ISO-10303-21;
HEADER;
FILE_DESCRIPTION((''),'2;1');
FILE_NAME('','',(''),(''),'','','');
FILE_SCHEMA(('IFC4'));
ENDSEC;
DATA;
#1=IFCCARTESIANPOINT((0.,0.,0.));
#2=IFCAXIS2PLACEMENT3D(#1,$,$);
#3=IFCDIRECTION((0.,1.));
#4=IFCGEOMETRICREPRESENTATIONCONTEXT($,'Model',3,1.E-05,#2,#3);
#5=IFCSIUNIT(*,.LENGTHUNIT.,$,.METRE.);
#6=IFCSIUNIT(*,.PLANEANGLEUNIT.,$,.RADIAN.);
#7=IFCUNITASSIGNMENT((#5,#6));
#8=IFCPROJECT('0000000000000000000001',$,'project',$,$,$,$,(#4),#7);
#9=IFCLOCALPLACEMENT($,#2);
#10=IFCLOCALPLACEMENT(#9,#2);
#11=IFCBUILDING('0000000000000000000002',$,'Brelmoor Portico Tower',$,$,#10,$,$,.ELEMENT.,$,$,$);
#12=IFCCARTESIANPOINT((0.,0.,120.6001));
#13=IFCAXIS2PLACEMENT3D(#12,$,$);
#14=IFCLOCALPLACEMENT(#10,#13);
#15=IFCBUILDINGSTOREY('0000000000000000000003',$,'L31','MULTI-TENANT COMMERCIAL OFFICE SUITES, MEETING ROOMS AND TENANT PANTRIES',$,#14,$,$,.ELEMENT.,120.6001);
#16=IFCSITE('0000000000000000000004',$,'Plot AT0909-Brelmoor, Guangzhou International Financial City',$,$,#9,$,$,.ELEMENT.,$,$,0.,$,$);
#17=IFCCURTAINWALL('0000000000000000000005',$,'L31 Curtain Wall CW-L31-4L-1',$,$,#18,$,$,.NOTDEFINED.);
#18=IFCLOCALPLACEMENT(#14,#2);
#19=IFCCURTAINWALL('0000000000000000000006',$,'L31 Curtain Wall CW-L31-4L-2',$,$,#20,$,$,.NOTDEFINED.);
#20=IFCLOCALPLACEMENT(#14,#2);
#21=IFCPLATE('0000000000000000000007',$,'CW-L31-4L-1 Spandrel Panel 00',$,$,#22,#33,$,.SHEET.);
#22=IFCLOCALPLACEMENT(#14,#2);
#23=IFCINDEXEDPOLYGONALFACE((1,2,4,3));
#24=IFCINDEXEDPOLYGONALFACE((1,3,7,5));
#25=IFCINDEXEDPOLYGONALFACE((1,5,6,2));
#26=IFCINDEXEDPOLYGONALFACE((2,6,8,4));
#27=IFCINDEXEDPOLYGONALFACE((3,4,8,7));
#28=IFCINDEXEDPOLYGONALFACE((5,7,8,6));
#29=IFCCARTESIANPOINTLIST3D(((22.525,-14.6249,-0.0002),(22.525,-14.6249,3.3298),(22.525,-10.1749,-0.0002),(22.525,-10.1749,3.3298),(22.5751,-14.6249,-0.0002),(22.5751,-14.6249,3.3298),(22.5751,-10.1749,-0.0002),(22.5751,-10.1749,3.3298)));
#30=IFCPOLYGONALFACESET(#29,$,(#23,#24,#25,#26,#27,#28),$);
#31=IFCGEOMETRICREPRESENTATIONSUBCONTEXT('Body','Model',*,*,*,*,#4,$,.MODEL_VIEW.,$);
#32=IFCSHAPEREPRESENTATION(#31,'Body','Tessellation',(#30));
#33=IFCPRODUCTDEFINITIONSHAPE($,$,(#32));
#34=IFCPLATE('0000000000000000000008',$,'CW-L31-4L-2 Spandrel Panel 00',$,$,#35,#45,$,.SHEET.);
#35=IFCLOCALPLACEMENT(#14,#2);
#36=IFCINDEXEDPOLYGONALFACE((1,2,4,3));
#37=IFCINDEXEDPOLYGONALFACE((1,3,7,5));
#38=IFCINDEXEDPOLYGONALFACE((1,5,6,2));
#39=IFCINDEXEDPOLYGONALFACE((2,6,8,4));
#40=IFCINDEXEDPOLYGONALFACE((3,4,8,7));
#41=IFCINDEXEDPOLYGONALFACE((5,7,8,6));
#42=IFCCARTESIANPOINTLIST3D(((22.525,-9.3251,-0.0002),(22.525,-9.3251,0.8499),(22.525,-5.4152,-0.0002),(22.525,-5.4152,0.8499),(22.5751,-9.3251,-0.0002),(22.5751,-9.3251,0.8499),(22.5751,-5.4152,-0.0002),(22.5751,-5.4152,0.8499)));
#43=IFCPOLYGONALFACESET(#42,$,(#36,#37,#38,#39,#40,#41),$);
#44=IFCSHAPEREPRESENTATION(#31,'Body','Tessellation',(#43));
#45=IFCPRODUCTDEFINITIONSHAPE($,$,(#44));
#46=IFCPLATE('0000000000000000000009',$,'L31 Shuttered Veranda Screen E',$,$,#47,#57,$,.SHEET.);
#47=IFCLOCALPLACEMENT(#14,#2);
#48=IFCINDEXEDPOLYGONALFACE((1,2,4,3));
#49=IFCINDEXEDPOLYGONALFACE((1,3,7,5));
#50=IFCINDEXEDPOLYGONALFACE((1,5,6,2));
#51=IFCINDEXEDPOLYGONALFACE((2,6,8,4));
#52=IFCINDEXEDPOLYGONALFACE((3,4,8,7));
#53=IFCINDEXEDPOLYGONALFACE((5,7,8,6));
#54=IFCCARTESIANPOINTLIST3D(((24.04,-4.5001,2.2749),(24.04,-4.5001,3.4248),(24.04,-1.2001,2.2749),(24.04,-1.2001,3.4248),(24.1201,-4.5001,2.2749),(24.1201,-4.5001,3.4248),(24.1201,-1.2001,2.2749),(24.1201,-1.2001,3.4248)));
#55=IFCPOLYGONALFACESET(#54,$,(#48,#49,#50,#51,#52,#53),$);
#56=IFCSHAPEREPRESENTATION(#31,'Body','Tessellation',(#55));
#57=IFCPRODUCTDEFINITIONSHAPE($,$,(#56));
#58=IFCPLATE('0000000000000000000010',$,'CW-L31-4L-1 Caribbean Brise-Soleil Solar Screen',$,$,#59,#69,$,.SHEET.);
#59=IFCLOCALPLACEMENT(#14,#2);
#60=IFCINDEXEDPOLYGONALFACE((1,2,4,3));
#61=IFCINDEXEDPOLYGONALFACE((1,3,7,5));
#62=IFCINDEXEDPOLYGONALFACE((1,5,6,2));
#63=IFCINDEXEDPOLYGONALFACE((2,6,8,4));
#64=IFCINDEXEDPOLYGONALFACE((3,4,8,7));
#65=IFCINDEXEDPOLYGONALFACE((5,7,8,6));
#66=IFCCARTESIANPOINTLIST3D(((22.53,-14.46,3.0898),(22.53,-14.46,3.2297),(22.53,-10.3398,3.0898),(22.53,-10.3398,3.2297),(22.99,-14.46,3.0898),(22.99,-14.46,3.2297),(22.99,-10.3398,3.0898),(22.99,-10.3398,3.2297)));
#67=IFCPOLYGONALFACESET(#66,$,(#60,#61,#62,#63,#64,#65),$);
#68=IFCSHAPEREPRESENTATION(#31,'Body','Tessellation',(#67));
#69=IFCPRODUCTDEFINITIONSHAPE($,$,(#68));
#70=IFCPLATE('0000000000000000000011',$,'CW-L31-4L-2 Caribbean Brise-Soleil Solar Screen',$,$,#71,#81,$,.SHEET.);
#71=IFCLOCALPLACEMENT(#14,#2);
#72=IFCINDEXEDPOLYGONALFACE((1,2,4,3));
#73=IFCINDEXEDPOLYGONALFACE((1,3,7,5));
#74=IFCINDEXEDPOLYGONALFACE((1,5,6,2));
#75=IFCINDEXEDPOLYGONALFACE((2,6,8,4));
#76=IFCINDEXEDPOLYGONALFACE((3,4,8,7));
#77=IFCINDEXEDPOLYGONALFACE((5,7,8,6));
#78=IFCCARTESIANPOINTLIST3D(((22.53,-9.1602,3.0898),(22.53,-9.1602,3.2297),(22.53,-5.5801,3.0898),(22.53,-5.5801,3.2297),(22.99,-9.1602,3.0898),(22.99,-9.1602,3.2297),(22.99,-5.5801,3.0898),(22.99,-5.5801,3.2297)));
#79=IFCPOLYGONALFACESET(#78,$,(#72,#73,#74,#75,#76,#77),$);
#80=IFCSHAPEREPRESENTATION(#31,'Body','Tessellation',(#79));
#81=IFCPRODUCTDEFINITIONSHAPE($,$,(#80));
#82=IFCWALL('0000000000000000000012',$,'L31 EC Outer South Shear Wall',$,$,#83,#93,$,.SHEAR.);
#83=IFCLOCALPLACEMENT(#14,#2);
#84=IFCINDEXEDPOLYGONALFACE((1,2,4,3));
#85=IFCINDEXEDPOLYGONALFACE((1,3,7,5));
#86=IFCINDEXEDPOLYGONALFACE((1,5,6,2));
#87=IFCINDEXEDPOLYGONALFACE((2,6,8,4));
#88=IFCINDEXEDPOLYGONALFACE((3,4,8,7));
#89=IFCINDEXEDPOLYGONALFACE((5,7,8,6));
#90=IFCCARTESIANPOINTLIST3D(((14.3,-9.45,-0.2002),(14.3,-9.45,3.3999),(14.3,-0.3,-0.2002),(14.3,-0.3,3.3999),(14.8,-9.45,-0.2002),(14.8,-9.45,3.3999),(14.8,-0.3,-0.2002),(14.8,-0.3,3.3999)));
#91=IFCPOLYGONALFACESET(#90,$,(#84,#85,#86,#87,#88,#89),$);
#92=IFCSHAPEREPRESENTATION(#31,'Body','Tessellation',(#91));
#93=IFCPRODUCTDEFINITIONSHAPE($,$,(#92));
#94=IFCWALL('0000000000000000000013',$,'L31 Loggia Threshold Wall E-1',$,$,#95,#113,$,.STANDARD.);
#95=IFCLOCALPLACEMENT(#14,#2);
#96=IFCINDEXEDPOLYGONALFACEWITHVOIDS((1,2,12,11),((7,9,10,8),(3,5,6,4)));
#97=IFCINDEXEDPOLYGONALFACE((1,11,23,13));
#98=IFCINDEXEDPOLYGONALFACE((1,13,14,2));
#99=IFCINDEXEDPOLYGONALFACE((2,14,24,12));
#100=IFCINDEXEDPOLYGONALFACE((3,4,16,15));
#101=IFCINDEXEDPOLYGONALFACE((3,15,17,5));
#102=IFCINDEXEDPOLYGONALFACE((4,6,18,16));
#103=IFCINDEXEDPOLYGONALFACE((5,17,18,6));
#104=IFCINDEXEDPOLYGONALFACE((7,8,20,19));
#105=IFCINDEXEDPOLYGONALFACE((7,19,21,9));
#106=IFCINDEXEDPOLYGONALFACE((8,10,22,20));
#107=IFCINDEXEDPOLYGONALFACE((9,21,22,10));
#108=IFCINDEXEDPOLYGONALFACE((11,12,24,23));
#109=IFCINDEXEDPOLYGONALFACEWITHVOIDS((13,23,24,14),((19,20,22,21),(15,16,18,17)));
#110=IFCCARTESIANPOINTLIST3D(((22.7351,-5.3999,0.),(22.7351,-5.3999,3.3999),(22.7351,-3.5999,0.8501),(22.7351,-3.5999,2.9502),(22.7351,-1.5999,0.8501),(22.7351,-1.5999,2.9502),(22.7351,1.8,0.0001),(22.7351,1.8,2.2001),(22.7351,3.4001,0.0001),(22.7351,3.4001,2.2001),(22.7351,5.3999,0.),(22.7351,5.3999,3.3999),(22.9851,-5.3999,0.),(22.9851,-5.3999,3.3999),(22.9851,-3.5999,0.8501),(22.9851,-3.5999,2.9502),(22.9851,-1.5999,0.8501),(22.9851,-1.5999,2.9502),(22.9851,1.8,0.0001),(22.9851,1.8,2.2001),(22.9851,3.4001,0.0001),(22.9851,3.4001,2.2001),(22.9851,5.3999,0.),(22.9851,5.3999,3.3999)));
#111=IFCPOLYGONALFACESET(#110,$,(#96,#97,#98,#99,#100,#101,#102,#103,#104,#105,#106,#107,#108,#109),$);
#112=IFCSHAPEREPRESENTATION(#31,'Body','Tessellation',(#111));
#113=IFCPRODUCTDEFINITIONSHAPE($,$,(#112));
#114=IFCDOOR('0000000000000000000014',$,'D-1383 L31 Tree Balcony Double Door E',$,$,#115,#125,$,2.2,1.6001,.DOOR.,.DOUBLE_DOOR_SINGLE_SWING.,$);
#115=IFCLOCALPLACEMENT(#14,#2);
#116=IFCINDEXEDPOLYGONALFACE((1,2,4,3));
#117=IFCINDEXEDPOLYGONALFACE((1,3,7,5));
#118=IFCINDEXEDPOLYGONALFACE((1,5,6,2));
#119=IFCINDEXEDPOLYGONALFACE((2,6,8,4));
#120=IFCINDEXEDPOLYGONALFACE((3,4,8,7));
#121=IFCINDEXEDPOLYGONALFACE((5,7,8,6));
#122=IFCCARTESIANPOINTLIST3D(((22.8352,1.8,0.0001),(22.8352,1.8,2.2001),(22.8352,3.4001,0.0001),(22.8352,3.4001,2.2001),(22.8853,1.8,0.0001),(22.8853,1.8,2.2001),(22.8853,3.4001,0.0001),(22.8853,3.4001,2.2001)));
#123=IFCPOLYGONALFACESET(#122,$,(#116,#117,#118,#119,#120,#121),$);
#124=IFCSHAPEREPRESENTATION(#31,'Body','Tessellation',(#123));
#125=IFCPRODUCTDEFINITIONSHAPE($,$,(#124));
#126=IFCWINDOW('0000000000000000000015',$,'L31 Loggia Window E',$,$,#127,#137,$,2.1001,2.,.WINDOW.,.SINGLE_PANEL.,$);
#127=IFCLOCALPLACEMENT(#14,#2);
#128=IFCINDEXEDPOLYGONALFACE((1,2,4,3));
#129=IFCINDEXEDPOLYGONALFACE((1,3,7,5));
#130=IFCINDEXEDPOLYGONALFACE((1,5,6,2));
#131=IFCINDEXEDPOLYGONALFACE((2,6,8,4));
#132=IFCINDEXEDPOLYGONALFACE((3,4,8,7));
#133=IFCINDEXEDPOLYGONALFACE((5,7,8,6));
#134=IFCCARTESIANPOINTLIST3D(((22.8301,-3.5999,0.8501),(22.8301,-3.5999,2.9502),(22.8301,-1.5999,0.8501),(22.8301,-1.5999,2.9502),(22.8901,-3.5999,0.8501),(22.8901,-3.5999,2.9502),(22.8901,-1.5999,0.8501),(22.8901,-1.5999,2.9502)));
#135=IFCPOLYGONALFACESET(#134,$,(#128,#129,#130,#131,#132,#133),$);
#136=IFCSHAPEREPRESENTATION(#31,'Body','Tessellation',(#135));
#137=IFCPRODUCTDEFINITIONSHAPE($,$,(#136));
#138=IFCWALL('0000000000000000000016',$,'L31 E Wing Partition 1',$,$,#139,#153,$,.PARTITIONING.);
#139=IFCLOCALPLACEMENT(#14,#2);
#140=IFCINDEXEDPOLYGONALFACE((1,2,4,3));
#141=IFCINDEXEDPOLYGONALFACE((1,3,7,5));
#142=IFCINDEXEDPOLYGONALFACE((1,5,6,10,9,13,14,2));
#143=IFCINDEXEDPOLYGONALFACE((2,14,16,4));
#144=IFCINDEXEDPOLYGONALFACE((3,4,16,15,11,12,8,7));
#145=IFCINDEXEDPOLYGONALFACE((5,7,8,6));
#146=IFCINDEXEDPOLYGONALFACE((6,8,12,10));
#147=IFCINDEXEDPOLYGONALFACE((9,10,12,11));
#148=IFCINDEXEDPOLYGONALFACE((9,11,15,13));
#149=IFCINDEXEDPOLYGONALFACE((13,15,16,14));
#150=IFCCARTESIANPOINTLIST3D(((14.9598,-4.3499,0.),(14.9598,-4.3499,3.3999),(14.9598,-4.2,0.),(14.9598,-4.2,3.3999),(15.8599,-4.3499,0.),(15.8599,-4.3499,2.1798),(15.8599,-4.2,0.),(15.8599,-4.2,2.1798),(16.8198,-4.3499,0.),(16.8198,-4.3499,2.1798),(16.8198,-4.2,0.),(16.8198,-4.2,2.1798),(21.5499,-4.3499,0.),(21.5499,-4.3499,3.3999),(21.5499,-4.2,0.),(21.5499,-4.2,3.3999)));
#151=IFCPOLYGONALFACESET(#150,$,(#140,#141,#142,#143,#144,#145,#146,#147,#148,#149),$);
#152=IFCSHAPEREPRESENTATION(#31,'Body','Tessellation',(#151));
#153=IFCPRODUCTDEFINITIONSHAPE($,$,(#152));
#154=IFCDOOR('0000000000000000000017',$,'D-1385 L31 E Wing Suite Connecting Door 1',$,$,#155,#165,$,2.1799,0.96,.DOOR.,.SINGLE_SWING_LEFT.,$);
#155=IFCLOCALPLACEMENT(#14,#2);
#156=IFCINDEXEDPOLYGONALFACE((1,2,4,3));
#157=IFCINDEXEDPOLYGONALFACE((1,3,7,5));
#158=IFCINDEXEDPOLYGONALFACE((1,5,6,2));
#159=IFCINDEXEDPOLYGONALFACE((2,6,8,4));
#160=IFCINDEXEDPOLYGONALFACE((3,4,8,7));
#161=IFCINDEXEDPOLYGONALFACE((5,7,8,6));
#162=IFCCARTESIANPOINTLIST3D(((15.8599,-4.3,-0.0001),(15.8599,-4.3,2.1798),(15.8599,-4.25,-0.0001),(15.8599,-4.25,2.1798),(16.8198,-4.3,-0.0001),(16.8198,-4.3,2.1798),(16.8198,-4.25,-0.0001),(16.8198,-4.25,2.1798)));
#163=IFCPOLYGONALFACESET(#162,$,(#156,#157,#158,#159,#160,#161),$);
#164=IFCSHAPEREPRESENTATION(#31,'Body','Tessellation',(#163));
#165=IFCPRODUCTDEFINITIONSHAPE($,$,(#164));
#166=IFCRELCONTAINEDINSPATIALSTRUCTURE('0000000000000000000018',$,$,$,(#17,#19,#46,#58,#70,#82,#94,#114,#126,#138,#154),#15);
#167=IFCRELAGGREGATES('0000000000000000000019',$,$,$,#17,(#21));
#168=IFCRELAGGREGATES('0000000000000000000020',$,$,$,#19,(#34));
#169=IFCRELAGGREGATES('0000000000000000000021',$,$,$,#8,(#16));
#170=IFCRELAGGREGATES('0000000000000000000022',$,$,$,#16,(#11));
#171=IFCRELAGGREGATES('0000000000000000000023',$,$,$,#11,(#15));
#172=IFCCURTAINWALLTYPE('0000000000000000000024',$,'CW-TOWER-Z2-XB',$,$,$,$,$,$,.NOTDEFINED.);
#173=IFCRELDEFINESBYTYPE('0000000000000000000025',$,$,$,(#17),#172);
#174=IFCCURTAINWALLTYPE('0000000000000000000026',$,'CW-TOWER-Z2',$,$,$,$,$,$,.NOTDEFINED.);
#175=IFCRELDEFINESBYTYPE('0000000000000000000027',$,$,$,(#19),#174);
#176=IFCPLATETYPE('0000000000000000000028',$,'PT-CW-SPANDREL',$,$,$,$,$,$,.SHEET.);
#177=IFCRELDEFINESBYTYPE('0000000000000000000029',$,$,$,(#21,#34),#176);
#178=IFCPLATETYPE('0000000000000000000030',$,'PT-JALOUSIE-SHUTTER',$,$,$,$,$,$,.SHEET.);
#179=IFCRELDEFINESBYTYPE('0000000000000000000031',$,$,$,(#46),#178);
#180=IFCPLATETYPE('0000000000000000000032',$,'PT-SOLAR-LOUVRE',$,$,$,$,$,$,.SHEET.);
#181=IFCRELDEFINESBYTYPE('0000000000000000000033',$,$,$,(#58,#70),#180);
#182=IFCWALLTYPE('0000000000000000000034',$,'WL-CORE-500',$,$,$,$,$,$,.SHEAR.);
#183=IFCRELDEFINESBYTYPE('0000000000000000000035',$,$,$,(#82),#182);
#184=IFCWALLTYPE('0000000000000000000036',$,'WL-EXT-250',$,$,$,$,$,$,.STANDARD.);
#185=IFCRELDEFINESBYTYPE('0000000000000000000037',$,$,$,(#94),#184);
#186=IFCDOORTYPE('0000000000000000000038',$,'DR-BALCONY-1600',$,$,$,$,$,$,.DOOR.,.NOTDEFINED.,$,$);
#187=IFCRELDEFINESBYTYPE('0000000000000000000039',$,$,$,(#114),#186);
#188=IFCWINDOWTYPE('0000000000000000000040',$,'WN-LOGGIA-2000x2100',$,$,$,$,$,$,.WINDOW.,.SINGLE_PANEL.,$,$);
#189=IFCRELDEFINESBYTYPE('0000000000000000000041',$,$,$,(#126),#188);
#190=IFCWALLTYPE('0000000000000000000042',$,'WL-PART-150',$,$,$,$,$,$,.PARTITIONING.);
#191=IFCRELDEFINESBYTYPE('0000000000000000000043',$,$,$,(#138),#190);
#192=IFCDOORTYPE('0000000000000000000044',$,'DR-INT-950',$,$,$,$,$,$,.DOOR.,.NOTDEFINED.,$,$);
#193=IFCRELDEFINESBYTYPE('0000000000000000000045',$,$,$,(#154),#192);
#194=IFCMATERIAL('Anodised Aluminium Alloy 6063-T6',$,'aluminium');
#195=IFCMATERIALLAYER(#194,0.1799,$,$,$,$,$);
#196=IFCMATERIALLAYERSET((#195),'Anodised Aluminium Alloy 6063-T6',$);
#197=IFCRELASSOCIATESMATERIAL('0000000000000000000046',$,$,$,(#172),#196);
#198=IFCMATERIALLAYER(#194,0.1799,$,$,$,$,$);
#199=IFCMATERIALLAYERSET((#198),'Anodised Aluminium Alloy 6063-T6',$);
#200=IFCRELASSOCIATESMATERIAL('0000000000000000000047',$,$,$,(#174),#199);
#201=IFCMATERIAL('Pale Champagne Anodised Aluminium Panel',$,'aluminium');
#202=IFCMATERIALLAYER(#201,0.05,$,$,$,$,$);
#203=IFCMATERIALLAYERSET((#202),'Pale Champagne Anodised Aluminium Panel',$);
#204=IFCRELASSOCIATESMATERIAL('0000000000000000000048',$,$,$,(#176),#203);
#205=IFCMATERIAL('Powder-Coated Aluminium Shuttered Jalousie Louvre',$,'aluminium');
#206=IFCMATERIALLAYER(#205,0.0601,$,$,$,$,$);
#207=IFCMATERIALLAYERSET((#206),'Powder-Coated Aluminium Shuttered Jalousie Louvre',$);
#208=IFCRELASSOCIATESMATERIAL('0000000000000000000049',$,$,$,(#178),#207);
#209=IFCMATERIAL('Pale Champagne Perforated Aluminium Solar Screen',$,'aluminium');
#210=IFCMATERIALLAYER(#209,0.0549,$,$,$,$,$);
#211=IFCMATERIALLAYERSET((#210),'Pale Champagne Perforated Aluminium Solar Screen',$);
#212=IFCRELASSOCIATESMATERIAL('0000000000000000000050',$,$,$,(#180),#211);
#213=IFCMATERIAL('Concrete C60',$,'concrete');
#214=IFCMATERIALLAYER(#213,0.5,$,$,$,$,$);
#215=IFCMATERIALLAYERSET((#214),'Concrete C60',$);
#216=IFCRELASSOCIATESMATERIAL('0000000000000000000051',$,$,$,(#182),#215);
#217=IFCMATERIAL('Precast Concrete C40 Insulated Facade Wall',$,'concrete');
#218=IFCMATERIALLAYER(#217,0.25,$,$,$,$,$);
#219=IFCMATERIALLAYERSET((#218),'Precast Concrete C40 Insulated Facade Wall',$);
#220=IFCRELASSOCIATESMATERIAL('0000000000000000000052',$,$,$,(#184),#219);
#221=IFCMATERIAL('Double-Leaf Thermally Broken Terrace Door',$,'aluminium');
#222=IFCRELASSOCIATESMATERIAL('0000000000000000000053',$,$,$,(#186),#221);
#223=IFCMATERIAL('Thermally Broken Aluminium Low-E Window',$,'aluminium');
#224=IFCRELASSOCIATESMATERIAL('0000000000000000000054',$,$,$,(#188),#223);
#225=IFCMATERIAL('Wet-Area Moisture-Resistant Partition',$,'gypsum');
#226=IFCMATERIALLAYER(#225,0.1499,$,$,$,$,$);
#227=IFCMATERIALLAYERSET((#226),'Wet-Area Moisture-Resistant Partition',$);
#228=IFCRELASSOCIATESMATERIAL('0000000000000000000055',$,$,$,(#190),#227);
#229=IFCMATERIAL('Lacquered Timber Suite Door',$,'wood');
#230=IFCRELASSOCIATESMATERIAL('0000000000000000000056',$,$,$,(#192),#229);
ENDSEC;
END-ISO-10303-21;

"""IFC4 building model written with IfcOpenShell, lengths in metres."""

from ifc_helpers import new_model, si_unit, direction, frame, frame_2d, origin, origin_2d, place, context, subcontext, project, spatial, rectangle, extrude, material, layer, layer_set, type_object, element, fill, aggregate, save


model = new_model("IFC4")

# Units and contexts
model_context = context("Model", 3, precision=1e-05, world=origin(), true_north=direction((0.0, 1.0)))
body_context = subcontext(model_context, "Body", "Model", "MODEL_VIEW")
ifc_project = project(units=[si_unit("LENGTHUNIT", "METRE"), si_unit("PLANEANGLEUNIT", "RADIAN")], contexts=[model_context])

# Site, building, storey
site_placement = place(None, origin())
site = spatial("IfcSite", under=ifc_project, at=site_placement, Name="Plot AT0909-Brelmoor, Guangzhou International Financial City", CompositionType="ELEMENT", RefElevation=0.0)
building_placement = place(site_placement, origin())
building = spatial("IfcBuilding", under=site, at=building_placement, Name="Brelmoor Portico Tower", CompositionType="ELEMENT")
storey_placement = place(building_placement, frame((0.0, 0.0, 120.6001)))
storey = spatial("IfcBuildingStorey", under=building, at=storey_placement, Name="L31", Description="MULTI-TENANT COMMERCIAL OFFICE SUITES, MEETING ROOMS AND TENANT PANTRIES", CompositionType="ELEMENT", Elevation=120.6001)

# Curtain wall
ifc_material_1 = material(Name="Anodised Aluminium Alloy 6063-T6", Category="aluminium")
ifc_layer_1 = layer(ifc_material_1, 0.1799)
ifc_layer_set_1 = layer_set([ifc_layer_1], Name="Anodised Aluminium Alloy 6063-T6")
curtain_wall_type_1 = type_object("IfcCurtainWallType", Name="CW-TOWER-Z2-XB", PredefinedType="NOTDEFINED", material=ifc_layer_set_1)
curtain_wall_1_placement = place(storey_placement, origin())
curtain_wall_1 = element("IfcCurtainWall", 1, at=curtain_wall_1_placement, inside=storey, type_object=curtain_wall_type_1, Name="L31 Curtain Wall CW-L31-4L-1", PredefinedType="NOTDEFINED")

# Curtain wall
ifc_layer_2 = layer(ifc_material_1, 0.1799)
ifc_layer_set_2 = layer_set([ifc_layer_2], Name="Anodised Aluminium Alloy 6063-T6")
curtain_wall_type_2 = type_object("IfcCurtainWallType", Name="CW-TOWER-Z2", PredefinedType="NOTDEFINED", material=ifc_layer_set_2)
curtain_wall_2_placement = place(storey_placement, origin())
curtain_wall_2 = element("IfcCurtainWall", 2, at=curtain_wall_2_placement, inside=storey, type_object=curtain_wall_type_2, Name="L31 Curtain Wall CW-L31-4L-2", PredefinedType="NOTDEFINED")

# Plates
ifc_material_2 = material(Name="Pale Champagne Anodised Aluminium Panel", Category="aluminium")
ifc_layer_3 = layer(ifc_material_2, 0.05)
ifc_layer_set_3 = layer_set([ifc_layer_3], Name="Pale Champagne Anodised Aluminium Panel")
plate_type_1 = type_object("IfcPlateType", Name="PT-CW-SPANDREL", PredefinedType="SHEET", material=ifc_layer_set_3)
plate_1_placement = place(storey_placement, frame((22.55, -12.3999, -0.0002), z_axis=(0.0, 0.0, 1.0), x_axis=(0.0, 1.0, 0.0)))
plate_1 = element("IfcPlate", 3, at=plate_1_placement, type_object=plate_type_1, Name="CW-L31-4L-1 Spandrel Panel 00", PredefinedType="SHEET", context=body_context, shape_type="SweptSolid", body=[
    extrude(rectangle(XDim=4.45, YDim=0.05, at=origin_2d()), origin(), (0.0, 0.0, 1.0), 3.3301),
])
aggregate(curtain_wall_1, [plate_1])
plate_2_placement = place(storey_placement, frame((22.55, -7.3701, -0.0002), z_axis=(0.0, 0.0, 1.0), x_axis=(0.0, 1.0, 0.0)))
plate_2 = element("IfcPlate", 4, at=plate_2_placement, type_object=plate_type_1, Name="CW-L31-4L-2 Spandrel Panel 00", PredefinedType="SHEET", context=body_context, shape_type="SweptSolid", body=[
    extrude(rectangle(XDim=3.9099, YDim=0.05, at=origin_2d()), origin(), (0.0, 0.0, 1.0), 0.8501),
])
aggregate(curtain_wall_2, [plate_2])

# Plates
ifc_material_3 = material(Name="Powder-Coated Aluminium Shuttered Jalousie Louvre", Category="aluminium")
ifc_layer_4 = layer(ifc_material_3, 0.0601)
ifc_layer_set_4 = layer_set([ifc_layer_4], Name="Powder-Coated Aluminium Shuttered Jalousie Louvre")
plate_type_2 = type_object("IfcPlateType", Name="PT-JALOUSIE-SHUTTER", PredefinedType="SHEET", material=ifc_layer_set_4)
plate_3_placement = place(storey_placement, frame((24.0801, -2.8501, 2.2749), z_axis=(0.0, 0.0, 1.0), x_axis=(0.0, 1.0, 0.0)))
element("IfcPlate", 5, at=plate_3_placement, inside=storey, type_object=plate_type_2, Name="L31 Shuttered Veranda Screen E", PredefinedType="SHEET", context=body_context, shape_type="SweptSolid", body=[
    extrude(rectangle(XDim=3.3, YDim=0.0801, at=origin_2d()), origin(), (0.0, 0.0, 1.0), 1.1499),
])
ifc_material_4 = material(Name="Pale Champagne Perforated Aluminium Solar Screen", Category="aluminium")
ifc_layer_5 = layer(ifc_material_4, 0.0549)
ifc_layer_set_5 = layer_set([ifc_layer_5], Name="Pale Champagne Perforated Aluminium Solar Screen")
plate_type_3 = type_object("IfcPlateType", Name="PT-SOLAR-LOUVRE", PredefinedType="SHEET", material=ifc_layer_set_5)
plate_4_placement = place(storey_placement, frame((22.76, -12.3999, 3.0898), z_axis=(0.0, 0.0, 1.0), x_axis=(0.0, 1.0, 0.0)))
element("IfcPlate", 6, at=plate_4_placement, inside=storey, type_object=plate_type_3, Name="CW-L31-4L-1 Caribbean Brise-Soleil Solar Screen", PredefinedType="SHEET", context=body_context, shape_type="SweptSolid", body=[
    extrude(rectangle(XDim=4.1201, YDim=0.46, at=origin_2d()), origin(), (0.0, 0.0, 1.0), 0.1399),
])
plate_5_placement = place(storey_placement, frame((22.76, -7.3701, 3.0898), z_axis=(0.0, 0.0, 1.0), x_axis=(0.0, 1.0, 0.0)))
element("IfcPlate", 7, at=plate_5_placement, inside=storey, type_object=plate_type_3, Name="CW-L31-4L-2 Caribbean Brise-Soleil Solar Screen", PredefinedType="SHEET", context=body_context, shape_type="SweptSolid", body=[
    extrude(rectangle(XDim=3.5801, YDim=0.46, at=origin_2d()), origin(), (0.0, 0.0, 1.0), 0.1399),
])

# Wall
ifc_material_5 = material(Name="Concrete C60", Category="concrete")
ifc_layer_6 = layer(ifc_material_5, 0.5)
ifc_layer_set_6 = layer_set([ifc_layer_6], Name="Concrete C60")
wall_type_1 = type_object("IfcWallType", Name="WL-CORE-500", PredefinedType="SHEAR", material=ifc_layer_set_6)
wall_1_placement = place(storey_placement, frame((14.55, -9.45, -0.2002), z_axis=(0.0, 0.0, 1.0), x_axis=(0.0, 1.0, 0.0)))
element("IfcWall", 8, at=wall_1_placement, inside=storey, type_object=wall_type_1, Name="L31 EC Outer South Shear Wall", PredefinedType="SHEAR", context=body_context, shape_type="SweptSolid", body=[
    extrude(rectangle(XDim=9.1499, YDim=0.5, at=frame_2d((4.575, 0.0))), origin(), (0.0, 0.0, 1.0), 3.6001),
])

# Wall, openings, door, window
ifc_material_6 = material(Name="Precast Concrete C40 Insulated Facade Wall", Category="concrete")
ifc_layer_7 = layer(ifc_material_6, 0.25)
ifc_layer_set_7 = layer_set([ifc_layer_7], Name="Precast Concrete C40 Insulated Facade Wall")
wall_type_2 = type_object("IfcWallType", Name="WL-EXT-250", PredefinedType="STANDARD", material=ifc_layer_set_7)
wall_2_placement = place(storey_placement, frame((22.8601, -5.3999, 0.0), z_axis=(0.0, 0.0, 1.0), x_axis=(0.0, 1.0, 0.0)))
wall_2 = element("IfcWall", 9, at=wall_2_placement, inside=storey, type_object=wall_type_2, Name="L31 Loggia Threshold Wall E-1", PredefinedType="STANDARD", context=body_context, shape_type="SweptSolid", body=[
    extrude(rectangle(XDim=10.7998, YDim=0.25, at=frame_2d((5.3999, 0.0))), origin(), (0.0, 0.0, 1.0), 3.3999),
])
opening_1_placement = place(wall_2_placement, frame((7.2, 0.0, 0.0)))
opening_1 = element("IfcOpeningElement", 10, at=opening_1_placement, cuts=wall_2, PredefinedType="OPENING", context=body_context, shape_type="SweptSolid", body=[
    extrude(rectangle(XDim=1.6001, YDim=2.2, at=frame_2d((0.8, 1.1001))), frame((0.0, 0.135, 0.0), z_axis=(0.0, -1.0, 0.0), x_axis=(1.0, 0.0, 0.0)), (0.0, 0.0, 1.0), 0.27),
])
opening_2_placement = place(wall_2_placement, frame((1.8, 0.0, 0.8501)))
opening_2 = element("IfcOpeningElement", 11, at=opening_2_placement, cuts=wall_2, PredefinedType="OPENING", context=body_context, shape_type="SweptSolid", body=[
    extrude(rectangle(XDim=2.0, YDim=2.1001, at=frame_2d((1.0, 1.05))), frame((0.0, 0.135, 0.0), z_axis=(0.0, -1.0, 0.0), x_axis=(1.0, 0.0, 0.0)), (0.0, 0.0, 1.0), 0.27),
])
ifc_material_7 = material(Name="Double-Leaf Thermally Broken Terrace Door", Category="aluminium")
door_type_1 = type_object("IfcDoorType", Name="DR-BALCONY-1600", OperationType="NOTDEFINED", PredefinedType="DOOR", material=ifc_material_7)
door_1_placement = place(opening_1_placement, origin())
door_1 = element("IfcDoor", 12, at=door_1_placement, inside=storey, type_object=door_type_1, Name="D-1383 L31 Tree Balcony Double Door E", OperationType="DOUBLE_DOOR_SINGLE_SWING", OverallHeight=2.2, OverallWidth=1.6001, PredefinedType="DOOR", context=body_context, shape_type="SweptSolid", body=[
    extrude(rectangle(XDim=1.6001, YDim=2.2, at=frame_2d((0.8, 1.1001))), frame((0.0, 0.0249, 0.0), z_axis=(0.0, -1.0, 0.0), x_axis=(1.0, 0.0, 0.0)), (0.0, 0.0, 1.0), 0.05),
])
fill(opening_1, door_1)
ifc_material_8 = material(Name="Thermally Broken Aluminium Low-E Window", Category="aluminium")
window_type = type_object("IfcWindowType", Name="WN-LOGGIA-2000x2100", PartitioningType="SINGLE_PANEL", PredefinedType="WINDOW", material=ifc_material_8)
window_placement = place(opening_2_placement, origin())
window = element("IfcWindow", 13, at=window_placement, inside=storey, type_object=window_type, Name="L31 Loggia Window E", OverallHeight=2.1001, OverallWidth=2.0, PartitioningType="SINGLE_PANEL", PredefinedType="WINDOW", context=body_context, shape_type="SweptSolid", body=[
    extrude(rectangle(XDim=2.0, YDim=2.1001, at=frame_2d((1.0, 1.05))), frame((0.0, 0.03, 0.0), z_axis=(0.0, -1.0, 0.0), x_axis=(1.0, 0.0, 0.0)), (0.0, 0.0, 1.0), 0.0601),
])
fill(opening_2, window)

# Wall, opening, door
ifc_material_9 = material(Name="Wet-Area Moisture-Resistant Partition", Category="gypsum")
ifc_layer_8 = layer(ifc_material_9, 0.1499)
ifc_layer_set_8 = layer_set([ifc_layer_8], Name="Wet-Area Moisture-Resistant Partition")
wall_type_3 = type_object("IfcWallType", Name="WL-PART-150", PredefinedType="PARTITIONING", material=ifc_layer_set_8)
wall_3_placement = place(storey_placement, frame((14.96, -4.2749, 0.0), z_axis=(0.0, 0.0, 1.0), x_axis=(1.0, 0.0, 0.0)))
wall_3 = element("IfcWall", 14, at=wall_3_placement, inside=storey, type_object=wall_type_3, Name="L31 E Wing Partition 1", PredefinedType="PARTITIONING", context=body_context, shape_type="SweptSolid", body=[
    extrude(rectangle(XDim=6.5901, YDim=0.1499, at=frame_2d((3.2949, 0.0))), origin(), (0.0, 0.0, 1.0), 3.3999),
])
opening_3_placement = place(wall_3_placement, frame((0.8999, 0.0, 0.0)))
opening_3 = element("IfcOpeningElement", 15, at=opening_3_placement, cuts=wall_3, PredefinedType="OPENING", context=body_context, shape_type="SweptSolid", body=[
    extrude(rectangle(XDim=0.96, YDim=2.1799, at=frame_2d((0.48, 1.0898))), frame((0.0, 0.085, 0.0), z_axis=(0.0, -1.0, 0.0), x_axis=(1.0, 0.0, 0.0)), (0.0, 0.0, 1.0), 0.1699),
])
ifc_material_10 = material(Name="Lacquered Timber Suite Door", Category="wood")
door_type_2 = type_object("IfcDoorType", Name="DR-INT-950", OperationType="NOTDEFINED", PredefinedType="DOOR", material=ifc_material_10)
door_2_placement = place(opening_3_placement, origin())
door_2 = element("IfcDoor", 16, at=door_2_placement, inside=storey, type_object=door_type_2, Name="D-1385 L31 E Wing Suite Connecting Door 1", OperationType="SINGLE_SWING_LEFT", OverallHeight=2.1799, OverallWidth=0.96, PredefinedType="DOOR", context=body_context, shape_type="SweptSolid", body=[
    extrude(rectangle(XDim=0.96, YDim=2.1799, at=frame_2d((0.48, 1.0898))), frame((0.0, 0.0249, 0.0), z_axis=(0.0, -1.0, 0.0), x_axis=(1.0, 0.0, 0.0)), (0.0, 0.0, 1.0), 0.05),
])
fill(opening_3, door_2)

save(model, "model.ifc")
